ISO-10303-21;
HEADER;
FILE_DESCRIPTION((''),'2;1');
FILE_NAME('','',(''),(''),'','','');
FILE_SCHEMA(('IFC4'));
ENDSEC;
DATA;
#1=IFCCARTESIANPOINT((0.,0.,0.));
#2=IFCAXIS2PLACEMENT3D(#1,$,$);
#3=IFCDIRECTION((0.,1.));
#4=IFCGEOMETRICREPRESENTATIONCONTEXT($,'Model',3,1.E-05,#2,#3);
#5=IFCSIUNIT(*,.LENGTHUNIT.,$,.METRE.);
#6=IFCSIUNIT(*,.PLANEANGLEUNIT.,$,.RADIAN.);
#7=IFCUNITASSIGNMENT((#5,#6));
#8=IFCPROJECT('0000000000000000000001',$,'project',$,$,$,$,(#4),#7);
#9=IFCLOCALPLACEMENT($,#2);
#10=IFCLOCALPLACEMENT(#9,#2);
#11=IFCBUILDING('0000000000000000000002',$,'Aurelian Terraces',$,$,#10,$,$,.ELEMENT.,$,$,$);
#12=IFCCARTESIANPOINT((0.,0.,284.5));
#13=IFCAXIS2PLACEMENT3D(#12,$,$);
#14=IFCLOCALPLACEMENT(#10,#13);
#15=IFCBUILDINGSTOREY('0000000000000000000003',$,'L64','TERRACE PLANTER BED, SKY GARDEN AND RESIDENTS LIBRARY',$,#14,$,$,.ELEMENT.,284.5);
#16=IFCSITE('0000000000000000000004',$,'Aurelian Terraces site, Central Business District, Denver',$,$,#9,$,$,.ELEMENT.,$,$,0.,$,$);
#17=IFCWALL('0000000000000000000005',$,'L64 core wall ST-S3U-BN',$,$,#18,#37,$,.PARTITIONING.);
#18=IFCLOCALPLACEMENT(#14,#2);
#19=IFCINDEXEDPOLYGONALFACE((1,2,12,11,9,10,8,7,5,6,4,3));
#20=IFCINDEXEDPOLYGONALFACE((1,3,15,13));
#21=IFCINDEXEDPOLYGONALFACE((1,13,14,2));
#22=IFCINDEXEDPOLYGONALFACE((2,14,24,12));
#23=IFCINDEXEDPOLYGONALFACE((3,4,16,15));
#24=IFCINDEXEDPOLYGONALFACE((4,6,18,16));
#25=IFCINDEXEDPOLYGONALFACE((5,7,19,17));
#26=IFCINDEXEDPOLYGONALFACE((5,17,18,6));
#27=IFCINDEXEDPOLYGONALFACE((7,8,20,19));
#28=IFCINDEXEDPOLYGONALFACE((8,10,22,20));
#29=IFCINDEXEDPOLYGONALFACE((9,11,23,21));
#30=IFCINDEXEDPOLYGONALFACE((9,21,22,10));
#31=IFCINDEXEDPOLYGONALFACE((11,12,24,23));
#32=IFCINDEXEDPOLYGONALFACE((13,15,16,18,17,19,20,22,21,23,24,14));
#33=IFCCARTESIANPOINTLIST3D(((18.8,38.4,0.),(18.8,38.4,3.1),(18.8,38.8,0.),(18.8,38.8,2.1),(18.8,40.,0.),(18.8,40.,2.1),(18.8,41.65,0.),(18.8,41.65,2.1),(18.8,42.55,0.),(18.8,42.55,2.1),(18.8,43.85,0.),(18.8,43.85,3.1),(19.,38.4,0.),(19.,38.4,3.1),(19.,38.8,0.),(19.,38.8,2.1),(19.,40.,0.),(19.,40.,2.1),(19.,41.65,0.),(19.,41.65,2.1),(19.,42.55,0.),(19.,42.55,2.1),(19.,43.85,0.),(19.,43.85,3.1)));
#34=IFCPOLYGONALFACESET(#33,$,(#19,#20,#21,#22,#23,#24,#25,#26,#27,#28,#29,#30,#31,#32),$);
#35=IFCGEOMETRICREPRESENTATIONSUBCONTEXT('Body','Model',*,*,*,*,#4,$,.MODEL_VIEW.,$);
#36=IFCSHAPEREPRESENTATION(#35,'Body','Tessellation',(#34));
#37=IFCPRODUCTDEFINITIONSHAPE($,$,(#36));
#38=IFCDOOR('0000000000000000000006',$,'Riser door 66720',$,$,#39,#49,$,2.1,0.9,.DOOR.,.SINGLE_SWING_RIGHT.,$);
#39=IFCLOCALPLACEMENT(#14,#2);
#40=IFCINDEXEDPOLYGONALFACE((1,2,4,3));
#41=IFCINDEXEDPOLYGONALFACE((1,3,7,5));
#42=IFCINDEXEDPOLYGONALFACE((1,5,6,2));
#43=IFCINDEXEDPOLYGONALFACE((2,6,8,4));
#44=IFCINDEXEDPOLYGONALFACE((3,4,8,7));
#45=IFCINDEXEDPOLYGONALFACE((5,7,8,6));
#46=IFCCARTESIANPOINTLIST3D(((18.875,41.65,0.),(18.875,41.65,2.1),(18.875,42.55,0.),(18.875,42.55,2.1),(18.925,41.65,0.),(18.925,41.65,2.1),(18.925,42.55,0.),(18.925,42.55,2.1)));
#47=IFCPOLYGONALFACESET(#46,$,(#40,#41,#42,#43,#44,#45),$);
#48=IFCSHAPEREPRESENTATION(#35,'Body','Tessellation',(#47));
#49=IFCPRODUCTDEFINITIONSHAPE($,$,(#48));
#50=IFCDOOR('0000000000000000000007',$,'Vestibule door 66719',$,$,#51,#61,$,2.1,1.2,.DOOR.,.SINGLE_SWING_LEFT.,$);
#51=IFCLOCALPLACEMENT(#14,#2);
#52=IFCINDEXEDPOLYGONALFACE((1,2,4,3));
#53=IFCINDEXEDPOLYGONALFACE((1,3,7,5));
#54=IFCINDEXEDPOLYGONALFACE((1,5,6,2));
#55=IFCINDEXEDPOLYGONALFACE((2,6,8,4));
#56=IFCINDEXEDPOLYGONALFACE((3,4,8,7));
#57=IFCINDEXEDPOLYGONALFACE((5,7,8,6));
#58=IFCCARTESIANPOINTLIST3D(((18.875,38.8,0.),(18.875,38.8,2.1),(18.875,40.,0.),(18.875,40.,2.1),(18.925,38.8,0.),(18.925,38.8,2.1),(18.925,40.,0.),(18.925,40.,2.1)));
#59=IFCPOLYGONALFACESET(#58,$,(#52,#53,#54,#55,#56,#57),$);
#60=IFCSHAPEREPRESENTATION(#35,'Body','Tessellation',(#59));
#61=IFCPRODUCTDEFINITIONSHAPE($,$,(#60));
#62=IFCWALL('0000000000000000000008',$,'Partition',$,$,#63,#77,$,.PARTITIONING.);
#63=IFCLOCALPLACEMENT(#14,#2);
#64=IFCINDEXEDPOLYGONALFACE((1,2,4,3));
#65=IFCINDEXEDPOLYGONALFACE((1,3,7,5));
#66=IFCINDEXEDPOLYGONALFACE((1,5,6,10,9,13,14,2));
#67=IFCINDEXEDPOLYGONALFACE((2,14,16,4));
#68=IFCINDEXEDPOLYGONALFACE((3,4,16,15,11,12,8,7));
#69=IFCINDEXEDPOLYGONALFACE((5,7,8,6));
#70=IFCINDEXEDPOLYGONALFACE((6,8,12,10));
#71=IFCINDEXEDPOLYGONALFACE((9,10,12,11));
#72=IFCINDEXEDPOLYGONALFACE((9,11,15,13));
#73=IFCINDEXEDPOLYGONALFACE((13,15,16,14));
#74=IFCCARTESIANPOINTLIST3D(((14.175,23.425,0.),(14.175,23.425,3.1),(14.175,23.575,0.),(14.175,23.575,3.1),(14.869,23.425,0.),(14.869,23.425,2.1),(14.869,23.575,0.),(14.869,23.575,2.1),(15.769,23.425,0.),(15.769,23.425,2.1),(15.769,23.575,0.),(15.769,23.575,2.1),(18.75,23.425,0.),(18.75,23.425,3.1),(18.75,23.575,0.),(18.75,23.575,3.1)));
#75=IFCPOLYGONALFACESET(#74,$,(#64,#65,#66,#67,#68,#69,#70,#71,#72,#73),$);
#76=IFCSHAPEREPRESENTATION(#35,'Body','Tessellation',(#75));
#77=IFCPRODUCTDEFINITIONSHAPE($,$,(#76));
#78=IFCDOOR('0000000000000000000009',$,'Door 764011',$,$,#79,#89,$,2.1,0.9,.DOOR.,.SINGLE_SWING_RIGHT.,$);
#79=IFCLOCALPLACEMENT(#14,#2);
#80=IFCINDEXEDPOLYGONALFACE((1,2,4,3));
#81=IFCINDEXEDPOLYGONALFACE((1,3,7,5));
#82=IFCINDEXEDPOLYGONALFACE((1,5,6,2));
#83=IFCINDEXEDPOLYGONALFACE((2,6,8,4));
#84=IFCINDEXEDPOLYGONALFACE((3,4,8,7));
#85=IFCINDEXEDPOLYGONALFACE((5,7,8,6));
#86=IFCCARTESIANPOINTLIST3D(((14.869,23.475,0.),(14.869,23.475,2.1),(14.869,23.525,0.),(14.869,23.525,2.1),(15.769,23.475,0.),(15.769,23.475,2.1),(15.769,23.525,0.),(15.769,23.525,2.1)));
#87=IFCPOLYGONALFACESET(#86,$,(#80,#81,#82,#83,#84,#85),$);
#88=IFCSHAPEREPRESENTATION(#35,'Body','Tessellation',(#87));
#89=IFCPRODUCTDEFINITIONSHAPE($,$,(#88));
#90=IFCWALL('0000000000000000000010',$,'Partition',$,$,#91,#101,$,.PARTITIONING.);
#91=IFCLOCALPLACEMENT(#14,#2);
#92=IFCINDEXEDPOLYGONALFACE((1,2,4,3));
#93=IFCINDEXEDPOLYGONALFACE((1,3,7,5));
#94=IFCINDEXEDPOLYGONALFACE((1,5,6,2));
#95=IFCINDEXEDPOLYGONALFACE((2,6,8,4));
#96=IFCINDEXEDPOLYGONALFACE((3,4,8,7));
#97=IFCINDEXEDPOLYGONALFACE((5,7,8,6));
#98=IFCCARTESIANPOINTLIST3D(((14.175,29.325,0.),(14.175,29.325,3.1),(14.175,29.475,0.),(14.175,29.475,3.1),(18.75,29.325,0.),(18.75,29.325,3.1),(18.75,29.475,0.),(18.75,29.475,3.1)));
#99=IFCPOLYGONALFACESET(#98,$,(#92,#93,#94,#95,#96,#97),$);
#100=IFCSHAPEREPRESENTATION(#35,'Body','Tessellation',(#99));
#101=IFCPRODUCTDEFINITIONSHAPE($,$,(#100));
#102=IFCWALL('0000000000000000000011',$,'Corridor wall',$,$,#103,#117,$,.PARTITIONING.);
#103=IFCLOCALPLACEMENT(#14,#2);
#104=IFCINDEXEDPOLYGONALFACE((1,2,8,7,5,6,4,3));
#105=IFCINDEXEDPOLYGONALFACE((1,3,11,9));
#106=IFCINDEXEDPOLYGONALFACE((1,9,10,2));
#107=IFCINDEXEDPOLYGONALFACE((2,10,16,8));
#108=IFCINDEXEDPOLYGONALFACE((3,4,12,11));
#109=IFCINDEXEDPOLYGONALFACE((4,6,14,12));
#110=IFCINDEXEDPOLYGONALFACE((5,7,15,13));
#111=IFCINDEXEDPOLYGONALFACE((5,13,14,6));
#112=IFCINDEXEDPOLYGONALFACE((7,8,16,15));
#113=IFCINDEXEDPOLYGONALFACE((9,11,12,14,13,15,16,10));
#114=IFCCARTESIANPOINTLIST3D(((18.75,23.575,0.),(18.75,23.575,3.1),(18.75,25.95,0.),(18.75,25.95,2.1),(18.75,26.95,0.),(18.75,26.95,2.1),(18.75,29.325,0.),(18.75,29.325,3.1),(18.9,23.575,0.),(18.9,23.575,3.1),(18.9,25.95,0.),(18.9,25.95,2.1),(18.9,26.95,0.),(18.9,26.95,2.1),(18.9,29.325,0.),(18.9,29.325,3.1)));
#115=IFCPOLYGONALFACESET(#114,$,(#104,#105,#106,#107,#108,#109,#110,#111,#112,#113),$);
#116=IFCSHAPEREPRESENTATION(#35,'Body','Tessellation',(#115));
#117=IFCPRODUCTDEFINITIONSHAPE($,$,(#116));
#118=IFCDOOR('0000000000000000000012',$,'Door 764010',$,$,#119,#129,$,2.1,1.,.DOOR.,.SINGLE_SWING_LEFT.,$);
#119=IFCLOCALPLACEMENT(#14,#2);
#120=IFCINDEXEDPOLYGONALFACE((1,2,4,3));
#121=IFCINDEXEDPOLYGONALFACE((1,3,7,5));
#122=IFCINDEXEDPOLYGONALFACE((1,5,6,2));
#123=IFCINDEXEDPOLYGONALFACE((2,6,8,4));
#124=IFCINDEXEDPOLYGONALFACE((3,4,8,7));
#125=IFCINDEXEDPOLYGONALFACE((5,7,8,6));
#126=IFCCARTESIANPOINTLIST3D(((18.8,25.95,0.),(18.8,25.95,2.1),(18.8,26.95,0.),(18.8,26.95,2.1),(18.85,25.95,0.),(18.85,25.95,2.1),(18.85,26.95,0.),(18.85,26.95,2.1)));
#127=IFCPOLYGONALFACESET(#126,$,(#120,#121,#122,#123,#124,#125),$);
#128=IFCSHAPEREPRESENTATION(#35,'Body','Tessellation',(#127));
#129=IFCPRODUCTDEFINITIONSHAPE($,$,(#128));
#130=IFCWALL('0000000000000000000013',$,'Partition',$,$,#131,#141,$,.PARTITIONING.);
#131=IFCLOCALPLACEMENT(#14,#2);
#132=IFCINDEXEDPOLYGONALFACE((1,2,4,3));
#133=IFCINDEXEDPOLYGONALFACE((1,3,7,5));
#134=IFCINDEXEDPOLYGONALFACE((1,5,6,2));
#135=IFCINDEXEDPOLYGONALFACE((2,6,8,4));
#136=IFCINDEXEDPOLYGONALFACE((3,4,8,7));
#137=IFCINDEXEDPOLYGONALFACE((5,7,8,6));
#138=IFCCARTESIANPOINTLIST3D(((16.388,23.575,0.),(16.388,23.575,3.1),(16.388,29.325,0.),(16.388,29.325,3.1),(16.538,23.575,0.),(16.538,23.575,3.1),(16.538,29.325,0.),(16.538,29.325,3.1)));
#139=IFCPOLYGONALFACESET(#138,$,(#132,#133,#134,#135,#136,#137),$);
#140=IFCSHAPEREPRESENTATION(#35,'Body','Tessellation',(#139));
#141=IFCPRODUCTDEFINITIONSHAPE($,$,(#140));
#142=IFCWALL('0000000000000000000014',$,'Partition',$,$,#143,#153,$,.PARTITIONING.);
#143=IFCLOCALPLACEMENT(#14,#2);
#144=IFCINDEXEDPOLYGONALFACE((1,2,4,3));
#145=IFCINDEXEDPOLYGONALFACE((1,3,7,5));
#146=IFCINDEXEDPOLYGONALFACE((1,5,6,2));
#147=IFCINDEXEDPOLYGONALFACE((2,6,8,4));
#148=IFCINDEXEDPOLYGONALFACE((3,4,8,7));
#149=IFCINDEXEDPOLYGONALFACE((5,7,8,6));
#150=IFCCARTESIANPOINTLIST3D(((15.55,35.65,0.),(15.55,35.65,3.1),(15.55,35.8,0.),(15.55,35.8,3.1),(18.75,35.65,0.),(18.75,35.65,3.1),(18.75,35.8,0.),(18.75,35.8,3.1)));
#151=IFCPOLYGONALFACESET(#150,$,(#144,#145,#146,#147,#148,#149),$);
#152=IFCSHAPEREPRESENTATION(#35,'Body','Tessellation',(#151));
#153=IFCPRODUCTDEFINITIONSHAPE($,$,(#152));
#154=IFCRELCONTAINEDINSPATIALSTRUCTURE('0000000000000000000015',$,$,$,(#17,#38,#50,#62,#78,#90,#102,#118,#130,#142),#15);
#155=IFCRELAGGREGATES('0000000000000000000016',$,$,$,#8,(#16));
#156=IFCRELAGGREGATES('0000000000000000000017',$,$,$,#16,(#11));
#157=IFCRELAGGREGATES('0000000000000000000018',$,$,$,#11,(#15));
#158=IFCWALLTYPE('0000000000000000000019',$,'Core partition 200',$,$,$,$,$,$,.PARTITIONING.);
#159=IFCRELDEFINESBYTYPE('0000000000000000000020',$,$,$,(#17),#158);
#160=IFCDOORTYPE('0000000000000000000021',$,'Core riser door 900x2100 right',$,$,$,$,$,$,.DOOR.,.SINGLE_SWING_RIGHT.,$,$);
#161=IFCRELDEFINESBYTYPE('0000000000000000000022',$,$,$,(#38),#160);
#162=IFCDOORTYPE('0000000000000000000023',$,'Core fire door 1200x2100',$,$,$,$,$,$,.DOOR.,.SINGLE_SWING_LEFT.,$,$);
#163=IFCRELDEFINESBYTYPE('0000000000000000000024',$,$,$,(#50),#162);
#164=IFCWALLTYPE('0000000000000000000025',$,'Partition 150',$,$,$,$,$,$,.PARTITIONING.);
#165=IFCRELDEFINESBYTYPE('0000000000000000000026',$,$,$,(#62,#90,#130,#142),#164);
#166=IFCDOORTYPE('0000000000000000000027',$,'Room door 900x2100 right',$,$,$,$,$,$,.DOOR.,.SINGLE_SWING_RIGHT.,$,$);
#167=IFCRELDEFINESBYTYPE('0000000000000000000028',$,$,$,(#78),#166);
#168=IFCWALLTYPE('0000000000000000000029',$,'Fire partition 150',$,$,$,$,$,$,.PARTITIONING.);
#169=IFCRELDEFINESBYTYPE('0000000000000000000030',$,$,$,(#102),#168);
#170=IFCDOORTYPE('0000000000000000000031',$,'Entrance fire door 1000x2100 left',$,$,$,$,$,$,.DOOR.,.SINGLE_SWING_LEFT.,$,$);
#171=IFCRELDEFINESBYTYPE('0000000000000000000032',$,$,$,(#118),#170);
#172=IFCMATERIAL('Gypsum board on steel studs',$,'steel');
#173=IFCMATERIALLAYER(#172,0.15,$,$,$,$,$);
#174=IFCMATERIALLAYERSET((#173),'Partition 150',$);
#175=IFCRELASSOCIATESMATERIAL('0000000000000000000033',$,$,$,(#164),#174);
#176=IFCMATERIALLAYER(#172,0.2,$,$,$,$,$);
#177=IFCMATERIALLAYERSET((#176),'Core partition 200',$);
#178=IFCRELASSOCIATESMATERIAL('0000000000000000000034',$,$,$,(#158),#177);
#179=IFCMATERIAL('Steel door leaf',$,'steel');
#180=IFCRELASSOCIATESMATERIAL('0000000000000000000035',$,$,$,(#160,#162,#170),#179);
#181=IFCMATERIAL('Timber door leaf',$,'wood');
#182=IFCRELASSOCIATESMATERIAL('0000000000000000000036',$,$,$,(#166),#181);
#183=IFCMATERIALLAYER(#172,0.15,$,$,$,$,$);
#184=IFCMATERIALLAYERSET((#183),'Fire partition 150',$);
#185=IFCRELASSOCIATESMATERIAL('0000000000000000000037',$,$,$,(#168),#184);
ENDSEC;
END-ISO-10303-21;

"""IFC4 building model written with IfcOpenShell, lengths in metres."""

from ifc_helpers import new_model, si_unit, direction, frame, frame_2d, origin, place, context, subcontext, project, spatial, rectangle, extrude, source, transform, mapped, material, layer, layer_set, type_object, element, fill, save


model = new_model("IFC4")

# Units and contexts
model_context = context("Model", 3, precision=1e-05, world=origin(), true_north=direction((0.0, 1.0)))
body_context = subcontext(model_context, "Body", "Model", "MODEL_VIEW")
ifc_project = project(units=[si_unit("LENGTHUNIT", "METRE"), si_unit("PLANEANGLEUNIT", "RADIAN")], contexts=[model_context])

# Site, building, storey
site_placement = place(None, origin())
site = spatial("IfcSite", under=ifc_project, at=site_placement, Name="Aurelian Terraces site, Central Business District, Denver", CompositionType="ELEMENT", RefElevation=0.0)
building_placement = place(site_placement, origin())
building = spatial("IfcBuilding", under=site, at=building_placement, Name="Aurelian Terraces", CompositionType="ELEMENT")
storey_placement = place(building_placement, frame((0.0, 0.0, 284.5)))
storey = spatial("IfcBuildingStorey", under=building, at=storey_placement, Name="L64", Description="TERRACE PLANTER BED, SKY GARDEN AND RESIDENTS LIBRARY", CompositionType="ELEMENT", Elevation=284.5)

# Shared definitions
ifc_material_1 = material(Name="Gypsum board on steel studs", Category="steel")

# Shared definitions
ifc_layer_1 = layer(ifc_material_1, 0.15)
ifc_layer_set_1 = layer_set([ifc_layer_1], Name="Partition 150")
wall_type_1 = type_object("IfcWallType", Name="Partition 150", PredefinedType="PARTITIONING", material=ifc_layer_set_1)
ifc_material_2 = material(Name="Timber door leaf", Category="wood")
shared_shape_1 = source(origin(), body_context, "Body", "SweptSolid", [
    extrude(rectangle(XDim=1.2, YDim=2.1, at=frame_2d((0.6, 1.05))), frame((0.0, 0.025, 0.0), z_axis=(0.0, -1.0, 0.0), x_axis=(1.0, 0.0, 0.0)), (0.0, 0.0, 1.0), 0.05),
])

# Shared definitions
ifc_layer_2 = layer(ifc_material_1, 0.2)
ifc_layer_set_2 = layer_set([ifc_layer_2], Name="Core partition 200")
wall_type_2 = type_object("IfcWallType", Name="Core partition 200", PredefinedType="PARTITIONING", material=ifc_layer_set_2)

# Wall, openings, doors
shared_shape_2 = source(origin(), body_context, "Body", "SweptSolid", [
    extrude(rectangle(XDim=5.45, YDim=0.2, at=frame_2d((2.725, 0.0))), origin(), (0.0, 0.0, 1.0), 3.1),
])
wall_1_placement = place(storey_placement, frame((18.9, 38.4, 0.0), z_axis=(0.0, 0.0, 1.0), x_axis=(0.0, 1.0, 0.0)))
wall_1 = element("IfcWall", 1, at=wall_1_placement, inside=storey, type_object=wall_type_2, Name="L64 core wall ST-S3U-BN", PredefinedType="PARTITIONING", context=body_context, shape_type="MappedRepresentation", body=[
    mapped(shared_shape_2, transform((0.0, 0.0, 0.0), scale=1.0)),
])
shared_shape_3 = source(origin(), body_context, "Body", "SweptSolid", [
    extrude(rectangle(XDim=1.2, YDim=2.1, at=frame_2d((0.6, 1.05))), frame((0.0, 0.11, 0.0), z_axis=(0.0, -1.0, 0.0), x_axis=(1.0, 0.0, 0.0)), (0.0, 0.0, 1.0), 0.22),
])
opening_1_placement = place(wall_1_placement, frame((0.4, 0.0, 0.0)))
opening_1 = element("IfcOpeningElement", 2, at=opening_1_placement, cuts=wall_1, PredefinedType="OPENING", context=body_context, shape_type="MappedRepresentation", body=[
    mapped(shared_shape_3, transform((0.0, 0.0, 0.0), scale=1.0)),
])
shared_shape_4 = source(origin(), body_context, "Body", "SweptSolid", [
    extrude(rectangle(XDim=0.9, YDim=2.1, at=frame_2d((0.45, 1.05))), frame((0.0, 0.11, 0.0), z_axis=(0.0, -1.0, 0.0), x_axis=(1.0, 0.0, 0.0)), (0.0, 0.0, 1.0), 0.22),
])
opening_2_placement = place(wall_1_placement, frame((3.25, 0.0, 0.0)))
opening_2 = element("IfcOpeningElement", 3, at=opening_2_placement, cuts=wall_1, PredefinedType="OPENING", context=body_context, shape_type="MappedRepresentation", body=[
    mapped(shared_shape_4, transform((0.0, 0.0, 0.0), scale=1.0)),
])
ifc_material_3 = material(Name="Steel door leaf", Category="steel")
door_type_1 = type_object("IfcDoorType", Name="Core riser door 900x2100 right", OperationType="SINGLE_SWING_RIGHT", PredefinedType="DOOR", material=ifc_material_3)
shared_shape_5 = source(origin(), body_context, "Body", "SweptSolid", [
    extrude(rectangle(XDim=0.9, YDim=2.1, at=frame_2d((0.45, 1.05))), frame((0.0, 0.025, 0.0), z_axis=(0.0, -1.0, 0.0), x_axis=(1.0, 0.0, 0.0)), (0.0, 0.0, 1.0), 0.05),
])
door_1_placement = place(opening_2_placement, origin())
door_1 = element("IfcDoor", 4, at=door_1_placement, inside=storey, type_object=door_type_1, Name="Riser door 66720", OperationType="SINGLE_SWING_RIGHT", OverallHeight=2.1, OverallWidth=0.9, PredefinedType="DOOR", context=body_context, shape_type="MappedRepresentation", body=[
    mapped(shared_shape_5, transform((0.0, 0.0, 0.0), scale=1.0)),
])
fill(opening_2, door_1)
door_type_2 = type_object("IfcDoorType", Name="Core fire door 1200x2100", OperationType="SINGLE_SWING_LEFT", PredefinedType="DOOR", material=ifc_material_3)
door_2_placement = place(opening_1_placement, origin())
door_2 = element("IfcDoor", 5, at=door_2_placement, inside=storey, type_object=door_type_2, Name="Vestibule door 66719", OperationType="SINGLE_SWING_LEFT", OverallHeight=2.1, OverallWidth=1.2, PredefinedType="DOOR", context=body_context, shape_type="MappedRepresentation", body=[
    mapped(shared_shape_1, transform((0.0, 0.0, 0.0), scale=1.0)),
])
fill(opening_1, door_2)

# Wall, opening, door
shared_shape_6 = source(origin(), body_context, "Body", "SweptSolid", [
    extrude(rectangle(XDim=4.575, YDim=0.15, at=frame_2d((2.2875, 0.0))), origin(), (0.0, 0.0, 1.0), 3.1),
])
wall_2_placement = place(storey_placement, frame((14.175, 23.5, 0.0), z_axis=(0.0, 0.0, 1.0), x_axis=(1.0, 0.0, 0.0)))
wall_2 = element("IfcWall", 6, at=wall_2_placement, inside=storey, type_object=wall_type_1, Name="Partition", PredefinedType="PARTITIONING", context=body_context, shape_type="MappedRepresentation", body=[
    mapped(shared_shape_6, transform((0.0, 0.0, 0.0), scale=1.0)),
])
shared_shape_7 = source(origin(), body_context, "Body", "SweptSolid", [
    extrude(rectangle(XDim=0.9, YDim=2.1, at=frame_2d((0.45, 1.05))), frame((0.0, 0.085, 0.0), z_axis=(0.0, -1.0, 0.0), x_axis=(1.0, 0.0, 0.0)), (0.0, 0.0, 1.0), 0.17),
])
opening_3_placement = place(wall_2_placement, frame((0.694, 0.0, 0.0)))
opening_3 = element("IfcOpeningElement", 7, at=opening_3_placement, cuts=wall_2, PredefinedType="OPENING", context=body_context, shape_type="MappedRepresentation", body=[
    mapped(shared_shape_7, transform((0.0, 0.0, 0.0), scale=1.0)),
])
door_type_3 = type_object("IfcDoorType", Name="Room door 900x2100 right", OperationType="SINGLE_SWING_RIGHT", PredefinedType="DOOR", material=ifc_material_2)
door_3_placement = place(opening_3_placement, origin())
door_3 = element("IfcDoor", 8, at=door_3_placement, inside=storey, type_object=door_type_3, Name="Door 764011", OperationType="SINGLE_SWING_RIGHT", OverallHeight=2.1, OverallWidth=0.9, PredefinedType="DOOR", context=body_context, shape_type="MappedRepresentation", body=[
    mapped(shared_shape_5, transform((0.0, 0.0, 0.0), scale=1.0)),
])
fill(opening_3, door_3)

# Wall
wall_3_placement = place(storey_placement, frame((18.75, 29.4, 0.0), z_axis=(0.0, 0.0, 1.0), x_axis=(-1.0, 0.0, 0.0)))
element("IfcWall", 9, at=wall_3_placement, inside=storey, type_object=wall_type_1, Name="Partition", PredefinedType="PARTITIONING", context=body_context, shape_type="MappedRepresentation", body=[
    mapped(shared_shape_6, transform((0.0, 0.0, 0.0), scale=1.0)),
])

# Wall, opening, door
ifc_layer_3 = layer(ifc_material_1, 0.15)
ifc_layer_set_3 = layer_set([ifc_layer_3], Name="Fire partition 150")
wall_type_3 = type_object("IfcWallType", Name="Fire partition 150", PredefinedType="PARTITIONING", material=ifc_layer_set_3)
shared_shape_8 = source(origin(), body_context, "Body", "SweptSolid", [
    extrude(rectangle(XDim=5.75, YDim=0.15, at=frame_2d((2.875, 0.0))), origin(), (0.0, 0.0, 1.0), 3.1),
])
wall_4_placement = place(storey_placement, frame((18.825, 23.575, 0.0), z_axis=(0.0, 0.0, 1.0), x_axis=(0.0, 1.0, 0.0)))
wall_4 = element("IfcWall", 10, at=wall_4_placement, inside=storey, type_object=wall_type_3, Name="Corridor wall", PredefinedType="PARTITIONING", context=body_context, shape_type="MappedRepresentation", body=[
    mapped(shared_shape_8, transform((0.0, 0.0, 0.0), scale=1.0)),
])
shared_shape_9 = source(origin(), body_context, "Body", "SweptSolid", [
    extrude(rectangle(XDim=1.0, YDim=2.1, at=frame_2d((0.5, 1.05))), frame((0.0, 0.085, 0.0), z_axis=(0.0, -1.0, 0.0), x_axis=(1.0, 0.0, 0.0)), (0.0, 0.0, 1.0), 0.17),
])
opening_4_placement = place(wall_4_placement, frame((2.375, 0.0, 0.0)))
opening_4 = element("IfcOpeningElement", 11, at=opening_4_placement, cuts=wall_4, PredefinedType="OPENING", context=body_context, shape_type="MappedRepresentation", body=[
    mapped(shared_shape_9, transform((0.0, 0.0, 0.0), scale=1.0)),
])
door_type_4 = type_object("IfcDoorType", Name="Entrance fire door 1000x2100 left", OperationType="SINGLE_SWING_LEFT", PredefinedType="DOOR", material=ifc_material_3)
shared_shape_10 = source(origin(), body_context, "Body", "SweptSolid", [
    extrude(rectangle(XDim=1.0, YDim=2.1, at=frame_2d((0.5, 1.05))), frame((0.0, 0.025, 0.0), z_axis=(0.0, -1.0, 0.0), x_axis=(1.0, 0.0, 0.0)), (0.0, 0.0, 1.0), 0.05),
])
door_4_placement = place(opening_4_placement, origin())
door_4 = element("IfcDoor", 12, at=door_4_placement, inside=storey, type_object=door_type_4, Name="Door 764010", OperationType="SINGLE_SWING_LEFT", OverallHeight=2.1, OverallWidth=1.0, PredefinedType="DOOR", context=body_context, shape_type="MappedRepresentation", body=[
    mapped(shared_shape_10, transform((0.0, 0.0, 0.0), scale=1.0)),
])
fill(opening_4, door_4)

# Walls
wall_5_placement = place(storey_placement, frame((16.463, 23.575, 0.0), z_axis=(0.0, 0.0, 1.0), x_axis=(0.0, 1.0, 0.0)))
element("IfcWall", 13, at=wall_5_placement, inside=storey, type_object=wall_type_1, Name="Partition", PredefinedType="PARTITIONING", context=body_context, shape_type="MappedRepresentation", body=[
    mapped(shared_shape_8, transform((0.0, 0.0, 0.0), scale=1.0)),
])
shared_shape_11 = source(origin(), body_context, "Body", "SweptSolid", [
    extrude(rectangle(XDim=3.2, YDim=0.15, at=frame_2d((1.6, 0.0))), origin(), (0.0, 0.0, 1.0), 3.1),
])
wall_6_placement = place(storey_placement, frame((18.75, 35.725, 0.0), z_axis=(0.0, 0.0, 1.0), x_axis=(-1.0, 0.0, 0.0)))
element("IfcWall", 14, at=wall_6_placement, inside=storey, type_object=wall_type_1, Name="Partition", PredefinedType="PARTITIONING", context=body_context, shape_type="MappedRepresentation", body=[
    mapped(shared_shape_11, transform((0.0, 0.0, 0.0), scale=1.0)),
])

save(model, "model.ifc")
